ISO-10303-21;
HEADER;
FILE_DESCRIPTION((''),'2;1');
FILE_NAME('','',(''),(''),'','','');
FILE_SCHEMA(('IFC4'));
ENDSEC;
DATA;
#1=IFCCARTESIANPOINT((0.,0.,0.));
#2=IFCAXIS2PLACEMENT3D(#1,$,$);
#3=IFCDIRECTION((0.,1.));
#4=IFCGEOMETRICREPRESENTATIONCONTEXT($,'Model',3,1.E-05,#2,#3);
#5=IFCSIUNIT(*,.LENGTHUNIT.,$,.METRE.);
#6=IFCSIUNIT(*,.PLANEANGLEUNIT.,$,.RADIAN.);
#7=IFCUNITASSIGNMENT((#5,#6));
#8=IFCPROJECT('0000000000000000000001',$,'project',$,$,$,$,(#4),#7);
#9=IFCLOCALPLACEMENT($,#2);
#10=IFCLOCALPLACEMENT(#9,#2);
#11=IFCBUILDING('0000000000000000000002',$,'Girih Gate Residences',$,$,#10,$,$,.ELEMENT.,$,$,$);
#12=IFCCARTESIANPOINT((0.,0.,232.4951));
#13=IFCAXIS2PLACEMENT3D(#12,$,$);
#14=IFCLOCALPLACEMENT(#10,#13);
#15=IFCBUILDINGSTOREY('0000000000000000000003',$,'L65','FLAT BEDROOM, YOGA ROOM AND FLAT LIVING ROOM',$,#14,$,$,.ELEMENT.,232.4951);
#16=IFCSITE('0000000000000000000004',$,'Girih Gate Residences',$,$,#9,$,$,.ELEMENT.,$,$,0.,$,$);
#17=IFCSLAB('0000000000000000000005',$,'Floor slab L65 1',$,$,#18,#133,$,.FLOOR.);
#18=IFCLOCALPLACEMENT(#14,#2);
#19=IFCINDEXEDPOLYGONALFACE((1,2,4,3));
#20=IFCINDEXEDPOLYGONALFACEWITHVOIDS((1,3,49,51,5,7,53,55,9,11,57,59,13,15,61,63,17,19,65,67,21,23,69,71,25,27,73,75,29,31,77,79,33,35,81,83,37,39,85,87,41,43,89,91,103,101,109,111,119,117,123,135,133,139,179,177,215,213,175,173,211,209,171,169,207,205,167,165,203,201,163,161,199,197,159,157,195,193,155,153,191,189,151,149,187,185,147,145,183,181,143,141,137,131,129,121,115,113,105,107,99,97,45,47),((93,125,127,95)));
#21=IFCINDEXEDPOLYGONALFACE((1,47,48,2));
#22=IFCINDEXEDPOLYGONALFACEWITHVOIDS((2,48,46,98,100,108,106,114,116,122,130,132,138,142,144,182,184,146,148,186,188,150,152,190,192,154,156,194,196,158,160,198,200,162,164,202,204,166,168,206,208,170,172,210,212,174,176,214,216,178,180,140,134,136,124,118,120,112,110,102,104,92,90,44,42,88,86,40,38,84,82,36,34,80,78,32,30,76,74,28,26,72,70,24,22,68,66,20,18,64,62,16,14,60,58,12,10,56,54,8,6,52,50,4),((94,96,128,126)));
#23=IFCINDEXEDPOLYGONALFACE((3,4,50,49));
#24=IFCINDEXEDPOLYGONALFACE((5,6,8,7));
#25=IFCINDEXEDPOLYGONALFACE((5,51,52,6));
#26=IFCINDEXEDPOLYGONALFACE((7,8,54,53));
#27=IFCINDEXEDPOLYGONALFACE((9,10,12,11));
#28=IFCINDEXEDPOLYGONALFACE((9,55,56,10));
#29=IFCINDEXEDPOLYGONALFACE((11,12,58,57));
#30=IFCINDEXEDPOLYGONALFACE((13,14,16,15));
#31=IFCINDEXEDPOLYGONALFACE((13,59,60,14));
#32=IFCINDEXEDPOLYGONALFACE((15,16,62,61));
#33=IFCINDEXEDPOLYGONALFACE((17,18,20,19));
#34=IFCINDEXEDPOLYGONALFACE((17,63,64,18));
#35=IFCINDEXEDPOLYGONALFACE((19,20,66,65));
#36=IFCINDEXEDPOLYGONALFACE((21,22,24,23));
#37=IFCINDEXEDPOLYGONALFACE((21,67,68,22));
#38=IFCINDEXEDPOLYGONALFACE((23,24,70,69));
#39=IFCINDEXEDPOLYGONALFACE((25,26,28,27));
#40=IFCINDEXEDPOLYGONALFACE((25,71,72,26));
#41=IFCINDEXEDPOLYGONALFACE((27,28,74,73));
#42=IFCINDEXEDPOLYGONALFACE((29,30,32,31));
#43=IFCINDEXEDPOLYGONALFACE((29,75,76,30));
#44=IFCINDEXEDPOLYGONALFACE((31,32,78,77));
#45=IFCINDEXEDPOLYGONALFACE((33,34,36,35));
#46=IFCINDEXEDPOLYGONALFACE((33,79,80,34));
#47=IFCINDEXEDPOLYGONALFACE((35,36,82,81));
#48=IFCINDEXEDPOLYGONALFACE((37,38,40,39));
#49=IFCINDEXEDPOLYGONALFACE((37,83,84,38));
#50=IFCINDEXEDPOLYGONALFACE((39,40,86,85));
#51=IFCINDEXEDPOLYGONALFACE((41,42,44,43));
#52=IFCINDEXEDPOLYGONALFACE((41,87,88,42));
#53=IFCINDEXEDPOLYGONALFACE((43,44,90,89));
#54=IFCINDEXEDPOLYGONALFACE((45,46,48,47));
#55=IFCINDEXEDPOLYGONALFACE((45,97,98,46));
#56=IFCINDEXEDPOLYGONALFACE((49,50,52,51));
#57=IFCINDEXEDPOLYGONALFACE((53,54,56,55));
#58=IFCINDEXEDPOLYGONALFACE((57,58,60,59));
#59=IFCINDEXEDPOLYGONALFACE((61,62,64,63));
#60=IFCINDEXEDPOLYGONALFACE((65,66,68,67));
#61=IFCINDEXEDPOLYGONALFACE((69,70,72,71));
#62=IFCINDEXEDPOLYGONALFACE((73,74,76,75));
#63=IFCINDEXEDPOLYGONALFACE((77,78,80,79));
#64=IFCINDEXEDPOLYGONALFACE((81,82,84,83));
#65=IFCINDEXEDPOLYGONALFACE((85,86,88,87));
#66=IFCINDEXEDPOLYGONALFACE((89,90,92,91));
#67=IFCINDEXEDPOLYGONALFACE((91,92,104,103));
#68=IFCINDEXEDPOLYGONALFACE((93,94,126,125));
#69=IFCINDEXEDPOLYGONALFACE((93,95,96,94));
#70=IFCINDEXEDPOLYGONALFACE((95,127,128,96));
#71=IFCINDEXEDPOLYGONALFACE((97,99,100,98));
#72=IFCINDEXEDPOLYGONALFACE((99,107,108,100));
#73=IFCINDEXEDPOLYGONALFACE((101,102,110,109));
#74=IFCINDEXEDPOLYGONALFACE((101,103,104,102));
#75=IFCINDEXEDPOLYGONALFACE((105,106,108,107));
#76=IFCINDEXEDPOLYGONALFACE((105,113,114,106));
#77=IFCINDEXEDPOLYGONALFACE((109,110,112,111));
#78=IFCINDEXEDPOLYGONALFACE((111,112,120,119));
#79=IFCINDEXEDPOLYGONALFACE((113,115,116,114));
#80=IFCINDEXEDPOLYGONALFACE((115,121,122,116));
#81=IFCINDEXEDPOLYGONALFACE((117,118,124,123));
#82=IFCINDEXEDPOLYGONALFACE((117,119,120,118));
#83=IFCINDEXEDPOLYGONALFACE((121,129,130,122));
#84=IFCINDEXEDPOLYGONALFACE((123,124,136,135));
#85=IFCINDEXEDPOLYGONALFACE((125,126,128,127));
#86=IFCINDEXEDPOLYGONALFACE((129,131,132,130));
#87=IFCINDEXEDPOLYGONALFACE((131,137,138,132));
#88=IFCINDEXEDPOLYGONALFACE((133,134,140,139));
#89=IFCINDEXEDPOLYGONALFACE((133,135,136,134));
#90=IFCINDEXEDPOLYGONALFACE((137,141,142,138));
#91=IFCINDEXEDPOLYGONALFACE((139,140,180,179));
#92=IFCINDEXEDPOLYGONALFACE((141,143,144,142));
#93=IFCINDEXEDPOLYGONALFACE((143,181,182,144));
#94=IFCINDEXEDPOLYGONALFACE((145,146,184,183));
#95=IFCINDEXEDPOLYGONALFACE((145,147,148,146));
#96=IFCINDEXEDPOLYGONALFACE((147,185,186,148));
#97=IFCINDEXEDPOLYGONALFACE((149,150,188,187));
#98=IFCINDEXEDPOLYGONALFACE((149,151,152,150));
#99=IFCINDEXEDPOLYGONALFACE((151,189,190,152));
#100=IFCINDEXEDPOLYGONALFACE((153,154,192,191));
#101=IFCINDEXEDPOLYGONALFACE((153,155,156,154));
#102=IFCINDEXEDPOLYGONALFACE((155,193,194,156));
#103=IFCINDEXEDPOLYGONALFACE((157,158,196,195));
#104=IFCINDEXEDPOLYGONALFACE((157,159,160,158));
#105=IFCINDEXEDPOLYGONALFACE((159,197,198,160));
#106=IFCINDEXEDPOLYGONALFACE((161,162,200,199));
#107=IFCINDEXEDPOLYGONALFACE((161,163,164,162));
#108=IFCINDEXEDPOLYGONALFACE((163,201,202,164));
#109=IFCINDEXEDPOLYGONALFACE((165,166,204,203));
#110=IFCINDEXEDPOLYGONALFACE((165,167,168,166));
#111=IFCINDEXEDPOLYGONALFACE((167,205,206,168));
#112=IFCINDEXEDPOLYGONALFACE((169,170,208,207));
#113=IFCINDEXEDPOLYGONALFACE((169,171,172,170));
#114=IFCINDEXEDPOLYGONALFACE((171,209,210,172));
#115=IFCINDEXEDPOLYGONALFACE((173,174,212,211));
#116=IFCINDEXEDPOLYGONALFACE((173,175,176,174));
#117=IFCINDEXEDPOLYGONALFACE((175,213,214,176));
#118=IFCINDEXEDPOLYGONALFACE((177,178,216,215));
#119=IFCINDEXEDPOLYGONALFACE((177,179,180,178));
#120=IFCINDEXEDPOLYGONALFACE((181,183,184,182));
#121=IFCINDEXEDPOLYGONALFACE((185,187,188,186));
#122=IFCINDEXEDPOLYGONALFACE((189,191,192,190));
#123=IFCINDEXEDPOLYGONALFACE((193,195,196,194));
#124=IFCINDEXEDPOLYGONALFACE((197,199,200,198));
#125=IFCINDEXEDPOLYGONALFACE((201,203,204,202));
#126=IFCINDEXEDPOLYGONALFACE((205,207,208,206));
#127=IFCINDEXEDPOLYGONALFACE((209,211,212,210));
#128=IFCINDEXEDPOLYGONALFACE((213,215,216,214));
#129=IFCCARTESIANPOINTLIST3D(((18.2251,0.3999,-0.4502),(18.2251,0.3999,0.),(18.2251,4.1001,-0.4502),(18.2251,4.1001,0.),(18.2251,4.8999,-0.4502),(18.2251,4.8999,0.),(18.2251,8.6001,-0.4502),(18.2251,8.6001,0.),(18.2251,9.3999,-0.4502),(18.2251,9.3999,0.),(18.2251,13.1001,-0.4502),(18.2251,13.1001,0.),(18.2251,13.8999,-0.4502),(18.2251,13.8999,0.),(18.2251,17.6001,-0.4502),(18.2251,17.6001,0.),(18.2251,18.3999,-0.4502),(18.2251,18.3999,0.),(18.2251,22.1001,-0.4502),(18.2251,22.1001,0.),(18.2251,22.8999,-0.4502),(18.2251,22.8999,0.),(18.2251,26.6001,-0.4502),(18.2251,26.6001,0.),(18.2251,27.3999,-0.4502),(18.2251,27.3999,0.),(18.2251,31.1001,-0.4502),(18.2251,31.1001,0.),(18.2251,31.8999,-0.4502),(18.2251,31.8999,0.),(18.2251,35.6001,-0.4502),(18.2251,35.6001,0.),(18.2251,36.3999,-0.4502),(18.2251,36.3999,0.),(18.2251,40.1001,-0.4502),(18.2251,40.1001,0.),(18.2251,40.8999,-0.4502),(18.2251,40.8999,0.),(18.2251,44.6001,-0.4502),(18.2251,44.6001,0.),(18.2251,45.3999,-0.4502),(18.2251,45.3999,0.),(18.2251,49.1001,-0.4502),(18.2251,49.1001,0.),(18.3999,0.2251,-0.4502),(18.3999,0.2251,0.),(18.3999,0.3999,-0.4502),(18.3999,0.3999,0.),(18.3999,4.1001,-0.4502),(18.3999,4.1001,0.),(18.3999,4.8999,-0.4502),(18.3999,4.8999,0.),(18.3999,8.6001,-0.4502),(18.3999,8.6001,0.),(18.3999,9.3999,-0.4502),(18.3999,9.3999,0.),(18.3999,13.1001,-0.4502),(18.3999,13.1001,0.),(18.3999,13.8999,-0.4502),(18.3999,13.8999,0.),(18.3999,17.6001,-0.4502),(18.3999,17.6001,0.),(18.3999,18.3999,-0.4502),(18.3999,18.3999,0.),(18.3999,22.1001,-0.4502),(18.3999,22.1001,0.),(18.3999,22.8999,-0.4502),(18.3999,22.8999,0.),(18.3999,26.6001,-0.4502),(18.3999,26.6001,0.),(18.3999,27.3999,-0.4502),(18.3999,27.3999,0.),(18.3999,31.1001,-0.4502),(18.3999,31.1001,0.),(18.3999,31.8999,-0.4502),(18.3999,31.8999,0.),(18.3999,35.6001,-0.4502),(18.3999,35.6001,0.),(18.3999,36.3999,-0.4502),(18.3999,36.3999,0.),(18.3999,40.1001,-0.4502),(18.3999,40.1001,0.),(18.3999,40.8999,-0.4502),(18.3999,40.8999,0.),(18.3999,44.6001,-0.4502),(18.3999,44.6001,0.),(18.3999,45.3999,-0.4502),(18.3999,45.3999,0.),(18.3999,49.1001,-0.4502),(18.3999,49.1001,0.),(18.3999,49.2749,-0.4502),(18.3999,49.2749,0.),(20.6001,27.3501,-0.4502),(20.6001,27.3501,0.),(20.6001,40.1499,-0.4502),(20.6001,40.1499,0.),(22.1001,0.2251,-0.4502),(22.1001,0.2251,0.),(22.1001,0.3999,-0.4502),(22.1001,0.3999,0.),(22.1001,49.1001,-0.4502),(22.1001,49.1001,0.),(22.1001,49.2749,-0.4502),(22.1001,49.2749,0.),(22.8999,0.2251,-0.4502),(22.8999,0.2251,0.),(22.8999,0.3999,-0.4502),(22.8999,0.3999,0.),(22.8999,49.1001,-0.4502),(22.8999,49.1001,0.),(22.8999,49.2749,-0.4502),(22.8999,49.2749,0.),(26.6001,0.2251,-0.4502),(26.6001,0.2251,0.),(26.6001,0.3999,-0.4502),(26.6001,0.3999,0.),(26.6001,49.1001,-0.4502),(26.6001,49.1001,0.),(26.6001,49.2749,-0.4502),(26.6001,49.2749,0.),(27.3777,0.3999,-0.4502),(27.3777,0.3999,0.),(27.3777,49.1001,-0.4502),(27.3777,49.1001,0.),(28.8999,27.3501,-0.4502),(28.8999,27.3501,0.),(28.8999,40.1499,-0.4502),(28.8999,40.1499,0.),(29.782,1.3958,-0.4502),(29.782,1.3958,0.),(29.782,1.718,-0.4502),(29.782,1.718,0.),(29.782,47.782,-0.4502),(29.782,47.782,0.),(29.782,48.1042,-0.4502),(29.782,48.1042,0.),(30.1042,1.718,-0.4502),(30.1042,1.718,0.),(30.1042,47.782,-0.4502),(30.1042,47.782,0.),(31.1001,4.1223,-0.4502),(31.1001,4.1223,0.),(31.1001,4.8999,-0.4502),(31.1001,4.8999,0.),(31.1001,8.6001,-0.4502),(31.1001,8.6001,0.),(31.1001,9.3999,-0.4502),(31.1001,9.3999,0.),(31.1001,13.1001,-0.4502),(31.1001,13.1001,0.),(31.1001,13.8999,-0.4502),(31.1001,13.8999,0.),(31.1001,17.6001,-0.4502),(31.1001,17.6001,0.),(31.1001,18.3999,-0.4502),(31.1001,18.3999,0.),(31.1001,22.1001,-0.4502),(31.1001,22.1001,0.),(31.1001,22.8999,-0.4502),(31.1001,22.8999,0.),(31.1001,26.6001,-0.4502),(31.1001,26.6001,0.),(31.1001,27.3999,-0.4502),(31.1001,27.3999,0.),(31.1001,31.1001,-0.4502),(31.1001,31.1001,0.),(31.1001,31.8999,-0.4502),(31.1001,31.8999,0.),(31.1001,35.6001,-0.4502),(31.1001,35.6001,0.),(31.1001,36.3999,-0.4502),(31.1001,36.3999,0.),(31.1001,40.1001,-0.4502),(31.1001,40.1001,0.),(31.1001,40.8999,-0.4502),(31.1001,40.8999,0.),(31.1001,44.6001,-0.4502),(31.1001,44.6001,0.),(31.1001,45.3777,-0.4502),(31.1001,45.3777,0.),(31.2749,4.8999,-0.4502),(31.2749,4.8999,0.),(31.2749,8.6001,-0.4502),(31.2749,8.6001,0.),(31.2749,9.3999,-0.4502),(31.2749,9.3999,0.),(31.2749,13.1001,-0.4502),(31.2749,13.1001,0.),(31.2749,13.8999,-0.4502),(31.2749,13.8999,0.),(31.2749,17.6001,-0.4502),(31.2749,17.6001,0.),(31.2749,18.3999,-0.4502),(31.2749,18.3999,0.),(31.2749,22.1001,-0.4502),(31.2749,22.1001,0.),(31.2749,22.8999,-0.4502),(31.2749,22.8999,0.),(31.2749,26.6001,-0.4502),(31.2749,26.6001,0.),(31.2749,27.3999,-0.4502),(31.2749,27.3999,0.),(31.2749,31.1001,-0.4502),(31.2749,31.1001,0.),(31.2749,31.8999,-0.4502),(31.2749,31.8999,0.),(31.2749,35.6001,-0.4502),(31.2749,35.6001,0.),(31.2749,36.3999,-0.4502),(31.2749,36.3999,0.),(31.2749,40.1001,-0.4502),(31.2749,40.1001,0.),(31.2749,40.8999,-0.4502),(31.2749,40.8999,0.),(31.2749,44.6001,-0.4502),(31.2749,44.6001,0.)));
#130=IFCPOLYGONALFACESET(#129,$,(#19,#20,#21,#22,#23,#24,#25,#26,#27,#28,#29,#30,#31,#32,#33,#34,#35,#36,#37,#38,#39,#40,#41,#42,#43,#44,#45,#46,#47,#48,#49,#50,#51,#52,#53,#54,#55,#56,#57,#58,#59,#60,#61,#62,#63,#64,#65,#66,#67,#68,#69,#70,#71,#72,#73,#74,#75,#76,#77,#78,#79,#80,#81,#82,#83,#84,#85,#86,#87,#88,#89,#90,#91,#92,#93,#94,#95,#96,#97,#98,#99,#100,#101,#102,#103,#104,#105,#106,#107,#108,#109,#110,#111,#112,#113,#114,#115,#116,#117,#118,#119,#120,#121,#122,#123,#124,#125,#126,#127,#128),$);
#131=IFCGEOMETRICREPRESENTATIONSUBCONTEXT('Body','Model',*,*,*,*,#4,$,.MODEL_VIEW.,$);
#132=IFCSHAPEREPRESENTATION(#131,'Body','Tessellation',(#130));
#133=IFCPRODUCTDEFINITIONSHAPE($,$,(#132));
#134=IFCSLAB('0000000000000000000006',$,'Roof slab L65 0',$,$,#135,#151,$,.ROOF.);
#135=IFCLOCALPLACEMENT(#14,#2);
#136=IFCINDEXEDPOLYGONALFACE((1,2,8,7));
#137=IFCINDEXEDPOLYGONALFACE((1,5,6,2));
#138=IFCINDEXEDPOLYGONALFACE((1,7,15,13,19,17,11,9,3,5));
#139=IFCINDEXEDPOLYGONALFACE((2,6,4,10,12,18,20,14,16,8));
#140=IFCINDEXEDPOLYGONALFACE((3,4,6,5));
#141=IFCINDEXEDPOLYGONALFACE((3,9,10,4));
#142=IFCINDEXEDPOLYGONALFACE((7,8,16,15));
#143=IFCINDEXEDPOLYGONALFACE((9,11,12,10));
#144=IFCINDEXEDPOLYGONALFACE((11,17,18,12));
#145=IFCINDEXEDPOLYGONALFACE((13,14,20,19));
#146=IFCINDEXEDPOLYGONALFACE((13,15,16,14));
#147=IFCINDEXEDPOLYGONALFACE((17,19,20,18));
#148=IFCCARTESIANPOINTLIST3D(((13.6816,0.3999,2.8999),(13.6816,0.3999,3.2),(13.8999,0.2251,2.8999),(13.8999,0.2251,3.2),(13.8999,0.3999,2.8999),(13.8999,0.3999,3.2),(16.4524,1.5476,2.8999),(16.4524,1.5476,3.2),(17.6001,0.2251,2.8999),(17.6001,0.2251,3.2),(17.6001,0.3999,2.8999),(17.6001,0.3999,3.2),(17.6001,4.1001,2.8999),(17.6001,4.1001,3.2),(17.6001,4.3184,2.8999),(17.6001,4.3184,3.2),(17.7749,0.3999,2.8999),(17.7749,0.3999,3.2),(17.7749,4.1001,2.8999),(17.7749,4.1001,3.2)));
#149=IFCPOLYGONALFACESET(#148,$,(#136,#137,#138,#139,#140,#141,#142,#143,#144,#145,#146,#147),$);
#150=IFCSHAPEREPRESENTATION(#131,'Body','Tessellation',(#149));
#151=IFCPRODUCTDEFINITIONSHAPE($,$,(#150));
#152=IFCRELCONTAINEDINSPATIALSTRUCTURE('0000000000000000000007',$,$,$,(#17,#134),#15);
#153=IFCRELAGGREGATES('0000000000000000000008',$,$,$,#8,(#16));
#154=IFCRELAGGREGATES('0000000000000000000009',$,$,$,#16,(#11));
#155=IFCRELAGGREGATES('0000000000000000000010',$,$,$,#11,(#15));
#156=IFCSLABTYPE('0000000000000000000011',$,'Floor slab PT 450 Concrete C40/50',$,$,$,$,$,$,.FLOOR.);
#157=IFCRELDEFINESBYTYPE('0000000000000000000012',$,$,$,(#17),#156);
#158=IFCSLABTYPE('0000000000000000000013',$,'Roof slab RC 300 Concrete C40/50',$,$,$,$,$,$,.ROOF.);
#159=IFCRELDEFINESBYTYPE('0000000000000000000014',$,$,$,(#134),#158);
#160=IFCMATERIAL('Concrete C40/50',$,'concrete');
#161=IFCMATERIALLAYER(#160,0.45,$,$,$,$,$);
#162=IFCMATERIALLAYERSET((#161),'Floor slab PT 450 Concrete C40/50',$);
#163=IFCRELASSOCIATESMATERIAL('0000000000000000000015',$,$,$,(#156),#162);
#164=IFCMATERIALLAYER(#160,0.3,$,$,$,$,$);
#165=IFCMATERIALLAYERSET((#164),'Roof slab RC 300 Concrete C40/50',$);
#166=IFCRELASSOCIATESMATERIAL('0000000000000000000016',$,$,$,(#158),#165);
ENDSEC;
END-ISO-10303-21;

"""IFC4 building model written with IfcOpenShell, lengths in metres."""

from ifc_helpers import new_model, si_unit, direction, frame, origin, place, context, subcontext, project, spatial, polyline, outline, extrude, material, layer, layer_set, type_object, element, save


model = new_model("IFC4")

# Units and contexts
model_context = context("Model", 3, precision=1e-05, world=origin(), true_north=direction((0.0, 1.0)))
body_context = subcontext(model_context, "Body", "Model", "MODEL_VIEW")
ifc_project = project(units=[si_unit("LENGTHUNIT", "METRE"), si_unit("PLANEANGLEUNIT", "RADIAN")], contexts=[model_context])

# Site, building, storey
site_placement = place(None, origin())
site = spatial("IfcSite", under=ifc_project, at=site_placement, Name="Girih Gate Residences", CompositionType="ELEMENT", RefElevation=0.0)
building_placement = place(site_placement, origin())
building = spatial("IfcBuilding", under=site, at=building_placement, Name="Girih Gate Residences", CompositionType="ELEMENT")
storey_placement = place(building_placement, frame((0.0, 0.0, 232.4951)))
storey = spatial("IfcBuildingStorey", under=building, at=storey_placement, Name="L65", Description="FLAT BEDROOM, YOGA ROOM AND FLAT LIVING ROOM", CompositionType="ELEMENT", Elevation=232.4951)

# Slabs
ifc_material_1 = material(Name="Concrete C40/50", Category="concrete")
ifc_layer_1 = layer(ifc_material_1, 0.45)
ifc_layer_set_1 = layer_set([ifc_layer_1], Name="Floor slab PT 450 Concrete C40/50")
slab_type_1 = type_object("IfcSlabType", Name="Floor slab PT 450 Concrete C40/50", PredefinedType="FLOOR", material=ifc_layer_set_1)
slab_1_placement = place(storey_placement, frame((0.0, 0.0, -0.4502)))
element("IfcSlab", 1, at=slab_1_placement, inside=storey, type_object=slab_type_1, Name="Floor slab L65 1", PredefinedType="FLOOR", context=body_context, shape_type="SweptSolid", body=[
    extrude(outline(polyline([(22.8999, 0.2251), (26.6001, 0.2251), (26.6001, 0.3999), (27.3777, 0.3999), (29.782, 1.3958), (29.782, 1.718), (30.1042, 1.718), (31.1001, 4.1223), (31.1001, 4.8999), (31.2749, 4.8999), (31.2749, 8.6001), (31.1001, 8.6001), (31.1001, 9.3999), (31.2749, 9.3999), (31.2749, 13.1001), (31.1001, 13.1001), (31.1001, 13.8999), (31.2749, 13.8999), (31.2749, 17.6001), (31.1001, 17.6001), (31.1001, 18.3999), (31.2749, 18.3999), (31.2749, 22.1001), (31.1001, 22.1001), (31.1001, 22.8999), (31.2749, 22.8999), (31.2749, 26.6001), (31.1001, 26.6001), (31.1001, 27.3999), (31.2749, 27.3999), (31.2749, 31.1001), (31.1001, 31.1001), (31.1001, 31.8999), (31.2749, 31.8999), (31.2749, 35.6001), (31.1001, 35.6001), (31.1001, 36.3999), (31.2749, 36.3999), (31.2749, 40.1001), (31.1001, 40.1001), (31.1001, 40.8999), (31.2749, 40.8999), (31.2749, 44.6001), (31.1001, 44.6001), (31.1001, 45.3777), (30.1042, 47.782), (29.782, 47.782), (29.782, 48.1042), (27.3777, 49.1001), (26.6001, 49.1001), (26.6001, 49.2749), (22.8999, 49.2749), (22.8999, 49.1001), (22.1001, 49.1001), (22.1001, 49.2749), (18.3999, 49.2749), (18.3999, 49.1001), (18.2251, 49.1001), (18.2251, 45.3999), (18.3999, 45.3999), (18.3999, 44.6001), (18.2251, 44.6001), (18.2251, 40.8999), (18.3999, 40.8999), (18.3999, 40.1001), (18.2251, 40.1001), (18.2251, 36.3999), (18.3999, 36.3999), (18.3999, 35.6001), (18.2251, 35.6001), (18.2251, 31.8999), (18.3999, 31.8999), (18.3999, 31.1001), (18.2251, 31.1001), (18.2251, 27.3999), (18.3999, 27.3999), (18.3999, 26.6001), (18.2251, 26.6001), (18.2251, 22.8999), (18.3999, 22.8999), (18.3999, 22.1001), (18.2251, 22.1001), (18.2251, 18.3999), (18.3999, 18.3999), (18.3999, 17.6001), (18.2251, 17.6001), (18.2251, 13.8999), (18.3999, 13.8999), (18.3999, 13.1001), (18.2251, 13.1001), (18.2251, 9.3999), (18.3999, 9.3999), (18.3999, 8.6001), (18.2251, 8.6001), (18.2251, 4.8999), (18.3999, 4.8999), (18.3999, 4.1001), (18.2251, 4.1001), (18.2251, 0.3999), (18.3999, 0.3999), (18.3999, 0.2251), (22.1001, 0.2251), (22.1001, 0.3999), (22.8999, 0.3999), (22.8999, 0.2251)]), holes=[polyline([(28.8999, 40.1499), (28.8999, 27.3501), (20.6001, 27.3501), (20.6001, 40.1499), (28.8999, 40.1499)])]), origin(), (0.0, 0.0, 1.0), 0.4502),
])
ifc_layer_2 = layer(ifc_material_1, 0.3)
ifc_layer_set_2 = layer_set([ifc_layer_2], Name="Roof slab RC 300 Concrete C40/50")
slab_type_2 = type_object("IfcSlabType", Name="Roof slab RC 300 Concrete C40/50", PredefinedType="ROOF", material=ifc_layer_set_2)
slab_2_placement = place(storey_placement, frame((0.0, 0.0, 2.8999)))
element("IfcSlab", 2, at=slab_2_placement, inside=storey, type_object=slab_type_2, Name="Roof slab L65 0", PredefinedType="ROOF", context=body_context, shape_type="SweptSolid", body=[
    extrude(outline(polyline([(13.8999, 0.2251), (17.6001, 0.2251), (17.6001, 0.3999), (17.7749, 0.3999), (17.7749, 4.1001), (17.6001, 4.1001), (17.6001, 4.3184), (16.4524, 1.5476), (13.6816, 0.3999), (13.8999, 0.3999), (13.8999, 0.2251)])), origin(), (0.0, 0.0, 1.0), 0.3),
])

save(model, "model.ifc")
